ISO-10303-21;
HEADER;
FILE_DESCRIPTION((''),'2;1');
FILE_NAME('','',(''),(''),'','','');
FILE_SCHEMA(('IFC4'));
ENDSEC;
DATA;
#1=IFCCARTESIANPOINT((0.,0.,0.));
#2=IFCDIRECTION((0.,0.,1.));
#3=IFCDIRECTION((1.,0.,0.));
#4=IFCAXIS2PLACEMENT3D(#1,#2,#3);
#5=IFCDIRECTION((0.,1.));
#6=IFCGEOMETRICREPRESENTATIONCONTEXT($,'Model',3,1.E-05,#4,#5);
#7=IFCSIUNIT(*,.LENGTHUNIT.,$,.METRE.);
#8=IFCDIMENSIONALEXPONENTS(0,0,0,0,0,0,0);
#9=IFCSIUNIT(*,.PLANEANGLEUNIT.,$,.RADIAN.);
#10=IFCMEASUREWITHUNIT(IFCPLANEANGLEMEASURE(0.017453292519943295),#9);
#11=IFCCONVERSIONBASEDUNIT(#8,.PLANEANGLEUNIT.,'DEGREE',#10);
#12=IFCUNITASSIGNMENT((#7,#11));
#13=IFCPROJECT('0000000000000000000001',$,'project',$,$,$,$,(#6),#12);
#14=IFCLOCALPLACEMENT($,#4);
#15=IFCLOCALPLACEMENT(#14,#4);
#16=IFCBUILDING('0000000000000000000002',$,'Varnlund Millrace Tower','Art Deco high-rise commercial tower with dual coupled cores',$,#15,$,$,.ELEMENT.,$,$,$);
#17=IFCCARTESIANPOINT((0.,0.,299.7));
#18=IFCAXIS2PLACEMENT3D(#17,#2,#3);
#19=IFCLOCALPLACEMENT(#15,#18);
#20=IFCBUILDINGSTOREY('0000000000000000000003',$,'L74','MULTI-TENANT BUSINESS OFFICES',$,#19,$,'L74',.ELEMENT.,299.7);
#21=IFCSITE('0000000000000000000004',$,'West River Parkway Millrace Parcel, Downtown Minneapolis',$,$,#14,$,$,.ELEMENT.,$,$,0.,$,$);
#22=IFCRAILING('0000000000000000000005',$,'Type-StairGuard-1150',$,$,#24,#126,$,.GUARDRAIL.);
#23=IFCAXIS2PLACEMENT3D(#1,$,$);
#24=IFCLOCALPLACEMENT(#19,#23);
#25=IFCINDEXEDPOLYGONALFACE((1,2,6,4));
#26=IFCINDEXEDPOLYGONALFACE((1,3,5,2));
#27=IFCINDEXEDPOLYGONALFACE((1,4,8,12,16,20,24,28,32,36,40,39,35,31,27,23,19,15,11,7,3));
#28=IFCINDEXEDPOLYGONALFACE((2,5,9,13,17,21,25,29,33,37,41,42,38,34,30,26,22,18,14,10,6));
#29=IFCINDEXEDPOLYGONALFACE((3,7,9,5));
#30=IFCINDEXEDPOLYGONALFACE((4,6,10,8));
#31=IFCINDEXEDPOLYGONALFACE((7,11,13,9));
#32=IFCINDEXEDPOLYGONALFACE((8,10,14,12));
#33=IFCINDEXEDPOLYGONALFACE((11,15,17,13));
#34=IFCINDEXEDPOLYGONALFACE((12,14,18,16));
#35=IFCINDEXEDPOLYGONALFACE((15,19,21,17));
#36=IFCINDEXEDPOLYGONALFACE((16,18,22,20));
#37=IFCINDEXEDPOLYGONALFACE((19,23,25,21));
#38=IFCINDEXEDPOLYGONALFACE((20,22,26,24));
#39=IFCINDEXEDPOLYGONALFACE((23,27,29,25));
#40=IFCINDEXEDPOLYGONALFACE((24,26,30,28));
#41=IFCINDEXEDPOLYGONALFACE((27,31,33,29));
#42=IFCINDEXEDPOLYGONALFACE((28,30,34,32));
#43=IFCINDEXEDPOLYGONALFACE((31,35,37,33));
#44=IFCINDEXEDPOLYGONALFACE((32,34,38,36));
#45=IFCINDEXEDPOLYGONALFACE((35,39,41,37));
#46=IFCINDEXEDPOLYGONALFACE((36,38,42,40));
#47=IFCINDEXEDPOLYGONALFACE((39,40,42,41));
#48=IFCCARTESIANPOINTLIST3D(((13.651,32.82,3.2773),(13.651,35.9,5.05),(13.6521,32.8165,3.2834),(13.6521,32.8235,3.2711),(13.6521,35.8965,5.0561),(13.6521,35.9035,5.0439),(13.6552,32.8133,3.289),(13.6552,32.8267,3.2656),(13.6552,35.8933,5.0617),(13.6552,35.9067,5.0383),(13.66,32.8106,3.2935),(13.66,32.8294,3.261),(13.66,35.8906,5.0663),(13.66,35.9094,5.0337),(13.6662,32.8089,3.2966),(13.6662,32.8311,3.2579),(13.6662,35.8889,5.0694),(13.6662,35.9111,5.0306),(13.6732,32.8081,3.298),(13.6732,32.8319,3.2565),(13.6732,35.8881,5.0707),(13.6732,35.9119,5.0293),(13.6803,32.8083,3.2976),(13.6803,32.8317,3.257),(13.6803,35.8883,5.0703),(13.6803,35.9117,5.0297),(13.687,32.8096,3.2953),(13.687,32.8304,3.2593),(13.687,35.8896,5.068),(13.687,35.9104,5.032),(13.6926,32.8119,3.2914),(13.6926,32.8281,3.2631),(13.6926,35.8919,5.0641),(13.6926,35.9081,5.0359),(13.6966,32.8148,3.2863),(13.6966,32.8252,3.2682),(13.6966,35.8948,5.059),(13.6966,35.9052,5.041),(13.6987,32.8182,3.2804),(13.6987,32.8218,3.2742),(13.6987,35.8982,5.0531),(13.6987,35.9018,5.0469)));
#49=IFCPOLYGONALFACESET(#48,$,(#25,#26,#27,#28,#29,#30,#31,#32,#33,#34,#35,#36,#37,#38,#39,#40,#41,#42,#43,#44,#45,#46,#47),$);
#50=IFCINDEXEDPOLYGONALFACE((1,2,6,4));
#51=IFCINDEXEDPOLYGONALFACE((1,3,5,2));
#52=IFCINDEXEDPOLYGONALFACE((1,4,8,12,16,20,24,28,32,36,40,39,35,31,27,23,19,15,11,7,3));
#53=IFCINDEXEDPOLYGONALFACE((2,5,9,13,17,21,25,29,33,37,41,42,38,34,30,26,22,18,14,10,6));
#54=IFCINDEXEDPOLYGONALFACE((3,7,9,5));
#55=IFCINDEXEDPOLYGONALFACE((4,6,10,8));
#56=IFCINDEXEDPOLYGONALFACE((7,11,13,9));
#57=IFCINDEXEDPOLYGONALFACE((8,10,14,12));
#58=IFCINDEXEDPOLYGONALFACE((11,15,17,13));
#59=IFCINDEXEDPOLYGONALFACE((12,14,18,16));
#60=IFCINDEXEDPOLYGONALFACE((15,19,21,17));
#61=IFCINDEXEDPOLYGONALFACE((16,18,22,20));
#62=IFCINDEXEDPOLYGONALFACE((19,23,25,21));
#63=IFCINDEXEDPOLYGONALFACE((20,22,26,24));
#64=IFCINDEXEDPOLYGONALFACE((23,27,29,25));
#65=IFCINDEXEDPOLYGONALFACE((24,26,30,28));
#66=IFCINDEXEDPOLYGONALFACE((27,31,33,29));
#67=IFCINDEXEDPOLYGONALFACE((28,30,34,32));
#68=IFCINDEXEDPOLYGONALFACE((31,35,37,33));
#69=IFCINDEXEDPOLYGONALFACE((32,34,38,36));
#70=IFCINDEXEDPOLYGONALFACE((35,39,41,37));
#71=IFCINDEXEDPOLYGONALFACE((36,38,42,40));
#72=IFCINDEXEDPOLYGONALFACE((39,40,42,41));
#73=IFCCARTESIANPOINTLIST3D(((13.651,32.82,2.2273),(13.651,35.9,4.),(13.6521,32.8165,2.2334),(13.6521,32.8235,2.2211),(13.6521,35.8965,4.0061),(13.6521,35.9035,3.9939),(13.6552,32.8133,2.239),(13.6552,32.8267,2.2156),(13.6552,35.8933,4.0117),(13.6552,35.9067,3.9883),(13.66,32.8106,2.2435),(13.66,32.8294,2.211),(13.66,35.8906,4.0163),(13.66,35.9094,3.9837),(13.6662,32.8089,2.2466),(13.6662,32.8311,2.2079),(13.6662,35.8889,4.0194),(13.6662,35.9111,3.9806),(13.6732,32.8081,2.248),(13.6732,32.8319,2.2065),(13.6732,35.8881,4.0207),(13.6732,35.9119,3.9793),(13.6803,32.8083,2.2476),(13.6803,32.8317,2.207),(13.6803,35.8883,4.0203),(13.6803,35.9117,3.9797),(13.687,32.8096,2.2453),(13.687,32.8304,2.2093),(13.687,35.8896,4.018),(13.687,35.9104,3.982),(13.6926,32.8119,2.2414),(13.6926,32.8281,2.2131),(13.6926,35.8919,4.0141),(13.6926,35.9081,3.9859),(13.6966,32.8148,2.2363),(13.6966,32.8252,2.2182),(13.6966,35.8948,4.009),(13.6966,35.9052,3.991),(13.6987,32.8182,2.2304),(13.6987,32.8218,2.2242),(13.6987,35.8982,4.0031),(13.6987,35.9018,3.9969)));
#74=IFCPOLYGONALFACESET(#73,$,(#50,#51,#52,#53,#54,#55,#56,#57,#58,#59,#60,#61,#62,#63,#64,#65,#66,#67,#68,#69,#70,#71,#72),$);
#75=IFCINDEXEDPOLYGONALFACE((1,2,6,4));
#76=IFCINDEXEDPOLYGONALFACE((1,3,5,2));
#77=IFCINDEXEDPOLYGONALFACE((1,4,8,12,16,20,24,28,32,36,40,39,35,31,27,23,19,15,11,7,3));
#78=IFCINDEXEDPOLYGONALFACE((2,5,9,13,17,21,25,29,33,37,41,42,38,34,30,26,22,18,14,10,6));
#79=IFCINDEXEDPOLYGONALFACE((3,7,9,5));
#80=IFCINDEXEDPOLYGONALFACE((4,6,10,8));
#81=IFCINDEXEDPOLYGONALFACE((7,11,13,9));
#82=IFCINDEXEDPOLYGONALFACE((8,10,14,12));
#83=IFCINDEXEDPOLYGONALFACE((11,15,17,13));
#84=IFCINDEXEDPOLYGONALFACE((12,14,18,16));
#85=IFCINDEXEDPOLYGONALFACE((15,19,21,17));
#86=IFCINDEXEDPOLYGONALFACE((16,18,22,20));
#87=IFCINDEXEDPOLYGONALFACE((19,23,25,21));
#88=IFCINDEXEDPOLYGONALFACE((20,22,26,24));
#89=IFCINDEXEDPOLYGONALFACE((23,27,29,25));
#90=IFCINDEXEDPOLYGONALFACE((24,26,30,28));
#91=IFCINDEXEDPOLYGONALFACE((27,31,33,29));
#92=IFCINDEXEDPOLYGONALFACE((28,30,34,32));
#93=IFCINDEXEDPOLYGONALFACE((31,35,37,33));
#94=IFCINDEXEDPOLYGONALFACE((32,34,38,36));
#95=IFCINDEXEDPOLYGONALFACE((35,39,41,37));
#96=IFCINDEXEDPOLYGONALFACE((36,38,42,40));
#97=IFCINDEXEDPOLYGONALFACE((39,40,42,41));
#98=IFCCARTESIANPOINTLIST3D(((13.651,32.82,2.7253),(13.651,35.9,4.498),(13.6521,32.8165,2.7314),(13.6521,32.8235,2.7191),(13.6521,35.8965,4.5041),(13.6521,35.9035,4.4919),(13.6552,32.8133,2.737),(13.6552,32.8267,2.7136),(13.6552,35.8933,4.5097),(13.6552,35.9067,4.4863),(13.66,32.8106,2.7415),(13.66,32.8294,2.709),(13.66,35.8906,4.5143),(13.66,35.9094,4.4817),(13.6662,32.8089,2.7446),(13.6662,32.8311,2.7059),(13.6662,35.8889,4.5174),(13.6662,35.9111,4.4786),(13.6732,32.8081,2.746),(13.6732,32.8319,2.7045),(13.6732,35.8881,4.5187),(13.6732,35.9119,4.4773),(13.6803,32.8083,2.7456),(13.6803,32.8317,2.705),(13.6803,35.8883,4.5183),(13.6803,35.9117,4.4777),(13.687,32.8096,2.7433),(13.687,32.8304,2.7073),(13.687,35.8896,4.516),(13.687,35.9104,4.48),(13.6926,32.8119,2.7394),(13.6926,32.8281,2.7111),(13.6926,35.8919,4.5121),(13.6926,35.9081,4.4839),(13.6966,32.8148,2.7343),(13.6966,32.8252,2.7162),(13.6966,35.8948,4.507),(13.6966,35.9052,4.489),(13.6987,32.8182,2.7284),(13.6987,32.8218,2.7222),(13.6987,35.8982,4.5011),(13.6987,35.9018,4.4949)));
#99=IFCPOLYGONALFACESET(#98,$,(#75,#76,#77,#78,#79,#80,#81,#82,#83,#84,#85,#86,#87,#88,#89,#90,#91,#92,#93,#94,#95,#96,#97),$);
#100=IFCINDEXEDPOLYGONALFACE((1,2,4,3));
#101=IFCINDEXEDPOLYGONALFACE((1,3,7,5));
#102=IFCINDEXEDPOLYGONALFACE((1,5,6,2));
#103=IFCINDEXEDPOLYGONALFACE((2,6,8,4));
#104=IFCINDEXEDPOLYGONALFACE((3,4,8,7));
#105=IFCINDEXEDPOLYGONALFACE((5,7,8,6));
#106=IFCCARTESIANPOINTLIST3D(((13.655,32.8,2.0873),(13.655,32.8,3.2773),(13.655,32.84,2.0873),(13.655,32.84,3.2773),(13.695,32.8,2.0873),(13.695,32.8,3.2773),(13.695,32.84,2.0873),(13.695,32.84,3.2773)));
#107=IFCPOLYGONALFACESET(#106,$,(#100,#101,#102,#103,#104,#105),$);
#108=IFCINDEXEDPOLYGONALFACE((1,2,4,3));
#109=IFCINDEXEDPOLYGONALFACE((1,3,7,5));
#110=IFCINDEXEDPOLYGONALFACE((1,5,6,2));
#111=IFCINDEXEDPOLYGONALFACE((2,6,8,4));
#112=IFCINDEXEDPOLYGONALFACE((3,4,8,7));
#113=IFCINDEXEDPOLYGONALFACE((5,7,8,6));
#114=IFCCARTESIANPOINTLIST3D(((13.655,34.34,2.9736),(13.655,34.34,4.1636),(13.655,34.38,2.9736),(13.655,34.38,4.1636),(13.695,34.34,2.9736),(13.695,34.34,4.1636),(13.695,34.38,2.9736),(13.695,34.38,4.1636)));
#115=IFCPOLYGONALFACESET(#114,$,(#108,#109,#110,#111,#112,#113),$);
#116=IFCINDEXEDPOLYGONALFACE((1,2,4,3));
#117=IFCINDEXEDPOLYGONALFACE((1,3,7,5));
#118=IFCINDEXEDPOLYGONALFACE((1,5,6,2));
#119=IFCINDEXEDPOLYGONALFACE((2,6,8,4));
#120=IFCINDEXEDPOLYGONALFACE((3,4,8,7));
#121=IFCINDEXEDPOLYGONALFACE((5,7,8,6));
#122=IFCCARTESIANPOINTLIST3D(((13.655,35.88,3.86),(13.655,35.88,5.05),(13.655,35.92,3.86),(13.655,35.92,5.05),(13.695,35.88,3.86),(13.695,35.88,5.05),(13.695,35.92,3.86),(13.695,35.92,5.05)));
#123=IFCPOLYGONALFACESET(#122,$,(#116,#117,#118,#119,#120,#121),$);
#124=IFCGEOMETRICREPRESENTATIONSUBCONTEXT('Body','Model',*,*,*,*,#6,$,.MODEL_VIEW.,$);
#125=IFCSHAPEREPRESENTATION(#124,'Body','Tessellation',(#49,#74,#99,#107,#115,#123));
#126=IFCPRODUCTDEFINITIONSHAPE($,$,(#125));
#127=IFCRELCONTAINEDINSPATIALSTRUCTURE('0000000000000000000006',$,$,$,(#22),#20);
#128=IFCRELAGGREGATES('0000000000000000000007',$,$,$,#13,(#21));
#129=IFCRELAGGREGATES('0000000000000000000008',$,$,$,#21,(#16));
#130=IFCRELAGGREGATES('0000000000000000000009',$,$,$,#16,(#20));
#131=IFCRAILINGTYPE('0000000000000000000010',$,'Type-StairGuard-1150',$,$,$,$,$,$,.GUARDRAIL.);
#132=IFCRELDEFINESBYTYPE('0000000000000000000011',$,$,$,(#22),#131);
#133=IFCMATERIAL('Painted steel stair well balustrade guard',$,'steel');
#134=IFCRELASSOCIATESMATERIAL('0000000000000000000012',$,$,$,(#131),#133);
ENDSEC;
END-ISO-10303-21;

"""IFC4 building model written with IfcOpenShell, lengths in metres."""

from ifc_helpers import new_model, entity, si_unit, converted_unit, direction, frame, origin_with_axes, origin_2d_with_axis, place, context, subcontext, project, spatial, rectangle, circle, extrude, material, type_object, element, save


model = new_model("IFC4")

# Units and contexts
model_context = context("Model", 3, precision=1e-05, world=origin_with_axes(), true_north=direction((0.0, 1.0)))
body_context = subcontext(model_context, "Body", "Model", "MODEL_VIEW")
ifc_project = project(units=[si_unit("LENGTHUNIT", "METRE"), converted_unit("PLANEANGLEUNIT", "DEGREE", entity("IfcPlaneAngleMeasure", 0.017453292519943295), si_unit("PLANEANGLEUNIT", "RADIAN"), dimensions=[0, 0, 0, 0, 0, 0, 0])], contexts=[model_context])

# Site, building, storey
site_placement = place(None, origin_with_axes())
site = spatial("IfcSite", under=ifc_project, at=site_placement, Name="West River Parkway Millrace Parcel, Downtown Minneapolis", CompositionType="ELEMENT", RefElevation=0.0)
building_placement = place(site_placement, origin_with_axes())
building = spatial("IfcBuilding", under=site, at=building_placement, Name="Varnlund Millrace Tower", Description="Art Deco high-rise commercial tower with dual coupled cores", CompositionType="ELEMENT")
storey_placement = place(building_placement, frame((0.0, 0.0, 299.7), z_axis=(0.0, 0.0, 1.0), x_axis=(1.0, 0.0, 0.0)))
storey = spatial("IfcBuildingStorey", under=building, at=storey_placement, Name="L74", Description="MULTI-TENANT BUSINESS OFFICES", LongName="L74", CompositionType="ELEMENT", Elevation=299.7)

# Railing
ifc_material_1 = material(Name="Painted steel stair well balustrade guard", Category="steel")
railing_type_1 = type_object("IfcRailingType", Name="Type-StairGuard-1150", PredefinedType="GUARDRAIL", material=ifc_material_1)
railing_1_placement = place(storey_placement, frame((0.0, 0.0, -299.7), z_axis=(0.0, 0.0, 1.0), x_axis=(1.0, 0.0, 0.0)))
element("IfcRailing", 1, at=railing_1_placement, inside=storey, type_object=railing_type_1, Name="Type-StairGuard-1150", PredefinedType="GUARDRAIL", context=body_context, shape_type="SweptSolid", body=[
    extrude(circle(Radius=0.024, at=origin_2d_with_axis()), frame((13.675, 32.82, 302.9773), z_axis=(0.0, 0.866696, 0.498836), x_axis=(-1.0, 0.0, 0.0)), (0.0, 0.0, 1.0), 3.5537),
    extrude(circle(Radius=0.024, at=origin_2d_with_axis()), frame((13.675, 32.82, 301.9273), z_axis=(0.0, 0.866696, 0.498836), x_axis=(-1.0, 0.0, 0.0)), (0.0, 0.0, 1.0), 3.5537),
    extrude(circle(Radius=0.024, at=origin_2d_with_axis()), frame((13.675, 32.82, 302.4253), z_axis=(0.0, 0.866696, 0.498836), x_axis=(-1.0, 0.0, 0.0)), (0.0, 0.0, 1.0), 3.5537),
    extrude(rectangle(XDim=0.04, YDim=0.04, at=origin_2d_with_axis()), frame((13.675, 32.82, 301.7873), z_axis=(0.0, 0.0, 1.0), x_axis=(1.0, 0.0, 0.0)), (0.0, 0.0, 1.0), 1.19),
    extrude(rectangle(XDim=0.04, YDim=0.04, at=origin_2d_with_axis()), frame((13.675, 34.36, 302.6736), z_axis=(0.0, 0.0, 1.0), x_axis=(1.0, 0.0, 0.0)), (0.0, 0.0, 1.0), 1.19),
    extrude(rectangle(XDim=0.04, YDim=0.04, at=origin_2d_with_axis()), frame((13.675, 35.9, 303.56), z_axis=(0.0, 0.0, 1.0), x_axis=(1.0, 0.0, 0.0)), (0.0, 0.0, 1.0), 1.19),
])

save(model, "model.ifc")
